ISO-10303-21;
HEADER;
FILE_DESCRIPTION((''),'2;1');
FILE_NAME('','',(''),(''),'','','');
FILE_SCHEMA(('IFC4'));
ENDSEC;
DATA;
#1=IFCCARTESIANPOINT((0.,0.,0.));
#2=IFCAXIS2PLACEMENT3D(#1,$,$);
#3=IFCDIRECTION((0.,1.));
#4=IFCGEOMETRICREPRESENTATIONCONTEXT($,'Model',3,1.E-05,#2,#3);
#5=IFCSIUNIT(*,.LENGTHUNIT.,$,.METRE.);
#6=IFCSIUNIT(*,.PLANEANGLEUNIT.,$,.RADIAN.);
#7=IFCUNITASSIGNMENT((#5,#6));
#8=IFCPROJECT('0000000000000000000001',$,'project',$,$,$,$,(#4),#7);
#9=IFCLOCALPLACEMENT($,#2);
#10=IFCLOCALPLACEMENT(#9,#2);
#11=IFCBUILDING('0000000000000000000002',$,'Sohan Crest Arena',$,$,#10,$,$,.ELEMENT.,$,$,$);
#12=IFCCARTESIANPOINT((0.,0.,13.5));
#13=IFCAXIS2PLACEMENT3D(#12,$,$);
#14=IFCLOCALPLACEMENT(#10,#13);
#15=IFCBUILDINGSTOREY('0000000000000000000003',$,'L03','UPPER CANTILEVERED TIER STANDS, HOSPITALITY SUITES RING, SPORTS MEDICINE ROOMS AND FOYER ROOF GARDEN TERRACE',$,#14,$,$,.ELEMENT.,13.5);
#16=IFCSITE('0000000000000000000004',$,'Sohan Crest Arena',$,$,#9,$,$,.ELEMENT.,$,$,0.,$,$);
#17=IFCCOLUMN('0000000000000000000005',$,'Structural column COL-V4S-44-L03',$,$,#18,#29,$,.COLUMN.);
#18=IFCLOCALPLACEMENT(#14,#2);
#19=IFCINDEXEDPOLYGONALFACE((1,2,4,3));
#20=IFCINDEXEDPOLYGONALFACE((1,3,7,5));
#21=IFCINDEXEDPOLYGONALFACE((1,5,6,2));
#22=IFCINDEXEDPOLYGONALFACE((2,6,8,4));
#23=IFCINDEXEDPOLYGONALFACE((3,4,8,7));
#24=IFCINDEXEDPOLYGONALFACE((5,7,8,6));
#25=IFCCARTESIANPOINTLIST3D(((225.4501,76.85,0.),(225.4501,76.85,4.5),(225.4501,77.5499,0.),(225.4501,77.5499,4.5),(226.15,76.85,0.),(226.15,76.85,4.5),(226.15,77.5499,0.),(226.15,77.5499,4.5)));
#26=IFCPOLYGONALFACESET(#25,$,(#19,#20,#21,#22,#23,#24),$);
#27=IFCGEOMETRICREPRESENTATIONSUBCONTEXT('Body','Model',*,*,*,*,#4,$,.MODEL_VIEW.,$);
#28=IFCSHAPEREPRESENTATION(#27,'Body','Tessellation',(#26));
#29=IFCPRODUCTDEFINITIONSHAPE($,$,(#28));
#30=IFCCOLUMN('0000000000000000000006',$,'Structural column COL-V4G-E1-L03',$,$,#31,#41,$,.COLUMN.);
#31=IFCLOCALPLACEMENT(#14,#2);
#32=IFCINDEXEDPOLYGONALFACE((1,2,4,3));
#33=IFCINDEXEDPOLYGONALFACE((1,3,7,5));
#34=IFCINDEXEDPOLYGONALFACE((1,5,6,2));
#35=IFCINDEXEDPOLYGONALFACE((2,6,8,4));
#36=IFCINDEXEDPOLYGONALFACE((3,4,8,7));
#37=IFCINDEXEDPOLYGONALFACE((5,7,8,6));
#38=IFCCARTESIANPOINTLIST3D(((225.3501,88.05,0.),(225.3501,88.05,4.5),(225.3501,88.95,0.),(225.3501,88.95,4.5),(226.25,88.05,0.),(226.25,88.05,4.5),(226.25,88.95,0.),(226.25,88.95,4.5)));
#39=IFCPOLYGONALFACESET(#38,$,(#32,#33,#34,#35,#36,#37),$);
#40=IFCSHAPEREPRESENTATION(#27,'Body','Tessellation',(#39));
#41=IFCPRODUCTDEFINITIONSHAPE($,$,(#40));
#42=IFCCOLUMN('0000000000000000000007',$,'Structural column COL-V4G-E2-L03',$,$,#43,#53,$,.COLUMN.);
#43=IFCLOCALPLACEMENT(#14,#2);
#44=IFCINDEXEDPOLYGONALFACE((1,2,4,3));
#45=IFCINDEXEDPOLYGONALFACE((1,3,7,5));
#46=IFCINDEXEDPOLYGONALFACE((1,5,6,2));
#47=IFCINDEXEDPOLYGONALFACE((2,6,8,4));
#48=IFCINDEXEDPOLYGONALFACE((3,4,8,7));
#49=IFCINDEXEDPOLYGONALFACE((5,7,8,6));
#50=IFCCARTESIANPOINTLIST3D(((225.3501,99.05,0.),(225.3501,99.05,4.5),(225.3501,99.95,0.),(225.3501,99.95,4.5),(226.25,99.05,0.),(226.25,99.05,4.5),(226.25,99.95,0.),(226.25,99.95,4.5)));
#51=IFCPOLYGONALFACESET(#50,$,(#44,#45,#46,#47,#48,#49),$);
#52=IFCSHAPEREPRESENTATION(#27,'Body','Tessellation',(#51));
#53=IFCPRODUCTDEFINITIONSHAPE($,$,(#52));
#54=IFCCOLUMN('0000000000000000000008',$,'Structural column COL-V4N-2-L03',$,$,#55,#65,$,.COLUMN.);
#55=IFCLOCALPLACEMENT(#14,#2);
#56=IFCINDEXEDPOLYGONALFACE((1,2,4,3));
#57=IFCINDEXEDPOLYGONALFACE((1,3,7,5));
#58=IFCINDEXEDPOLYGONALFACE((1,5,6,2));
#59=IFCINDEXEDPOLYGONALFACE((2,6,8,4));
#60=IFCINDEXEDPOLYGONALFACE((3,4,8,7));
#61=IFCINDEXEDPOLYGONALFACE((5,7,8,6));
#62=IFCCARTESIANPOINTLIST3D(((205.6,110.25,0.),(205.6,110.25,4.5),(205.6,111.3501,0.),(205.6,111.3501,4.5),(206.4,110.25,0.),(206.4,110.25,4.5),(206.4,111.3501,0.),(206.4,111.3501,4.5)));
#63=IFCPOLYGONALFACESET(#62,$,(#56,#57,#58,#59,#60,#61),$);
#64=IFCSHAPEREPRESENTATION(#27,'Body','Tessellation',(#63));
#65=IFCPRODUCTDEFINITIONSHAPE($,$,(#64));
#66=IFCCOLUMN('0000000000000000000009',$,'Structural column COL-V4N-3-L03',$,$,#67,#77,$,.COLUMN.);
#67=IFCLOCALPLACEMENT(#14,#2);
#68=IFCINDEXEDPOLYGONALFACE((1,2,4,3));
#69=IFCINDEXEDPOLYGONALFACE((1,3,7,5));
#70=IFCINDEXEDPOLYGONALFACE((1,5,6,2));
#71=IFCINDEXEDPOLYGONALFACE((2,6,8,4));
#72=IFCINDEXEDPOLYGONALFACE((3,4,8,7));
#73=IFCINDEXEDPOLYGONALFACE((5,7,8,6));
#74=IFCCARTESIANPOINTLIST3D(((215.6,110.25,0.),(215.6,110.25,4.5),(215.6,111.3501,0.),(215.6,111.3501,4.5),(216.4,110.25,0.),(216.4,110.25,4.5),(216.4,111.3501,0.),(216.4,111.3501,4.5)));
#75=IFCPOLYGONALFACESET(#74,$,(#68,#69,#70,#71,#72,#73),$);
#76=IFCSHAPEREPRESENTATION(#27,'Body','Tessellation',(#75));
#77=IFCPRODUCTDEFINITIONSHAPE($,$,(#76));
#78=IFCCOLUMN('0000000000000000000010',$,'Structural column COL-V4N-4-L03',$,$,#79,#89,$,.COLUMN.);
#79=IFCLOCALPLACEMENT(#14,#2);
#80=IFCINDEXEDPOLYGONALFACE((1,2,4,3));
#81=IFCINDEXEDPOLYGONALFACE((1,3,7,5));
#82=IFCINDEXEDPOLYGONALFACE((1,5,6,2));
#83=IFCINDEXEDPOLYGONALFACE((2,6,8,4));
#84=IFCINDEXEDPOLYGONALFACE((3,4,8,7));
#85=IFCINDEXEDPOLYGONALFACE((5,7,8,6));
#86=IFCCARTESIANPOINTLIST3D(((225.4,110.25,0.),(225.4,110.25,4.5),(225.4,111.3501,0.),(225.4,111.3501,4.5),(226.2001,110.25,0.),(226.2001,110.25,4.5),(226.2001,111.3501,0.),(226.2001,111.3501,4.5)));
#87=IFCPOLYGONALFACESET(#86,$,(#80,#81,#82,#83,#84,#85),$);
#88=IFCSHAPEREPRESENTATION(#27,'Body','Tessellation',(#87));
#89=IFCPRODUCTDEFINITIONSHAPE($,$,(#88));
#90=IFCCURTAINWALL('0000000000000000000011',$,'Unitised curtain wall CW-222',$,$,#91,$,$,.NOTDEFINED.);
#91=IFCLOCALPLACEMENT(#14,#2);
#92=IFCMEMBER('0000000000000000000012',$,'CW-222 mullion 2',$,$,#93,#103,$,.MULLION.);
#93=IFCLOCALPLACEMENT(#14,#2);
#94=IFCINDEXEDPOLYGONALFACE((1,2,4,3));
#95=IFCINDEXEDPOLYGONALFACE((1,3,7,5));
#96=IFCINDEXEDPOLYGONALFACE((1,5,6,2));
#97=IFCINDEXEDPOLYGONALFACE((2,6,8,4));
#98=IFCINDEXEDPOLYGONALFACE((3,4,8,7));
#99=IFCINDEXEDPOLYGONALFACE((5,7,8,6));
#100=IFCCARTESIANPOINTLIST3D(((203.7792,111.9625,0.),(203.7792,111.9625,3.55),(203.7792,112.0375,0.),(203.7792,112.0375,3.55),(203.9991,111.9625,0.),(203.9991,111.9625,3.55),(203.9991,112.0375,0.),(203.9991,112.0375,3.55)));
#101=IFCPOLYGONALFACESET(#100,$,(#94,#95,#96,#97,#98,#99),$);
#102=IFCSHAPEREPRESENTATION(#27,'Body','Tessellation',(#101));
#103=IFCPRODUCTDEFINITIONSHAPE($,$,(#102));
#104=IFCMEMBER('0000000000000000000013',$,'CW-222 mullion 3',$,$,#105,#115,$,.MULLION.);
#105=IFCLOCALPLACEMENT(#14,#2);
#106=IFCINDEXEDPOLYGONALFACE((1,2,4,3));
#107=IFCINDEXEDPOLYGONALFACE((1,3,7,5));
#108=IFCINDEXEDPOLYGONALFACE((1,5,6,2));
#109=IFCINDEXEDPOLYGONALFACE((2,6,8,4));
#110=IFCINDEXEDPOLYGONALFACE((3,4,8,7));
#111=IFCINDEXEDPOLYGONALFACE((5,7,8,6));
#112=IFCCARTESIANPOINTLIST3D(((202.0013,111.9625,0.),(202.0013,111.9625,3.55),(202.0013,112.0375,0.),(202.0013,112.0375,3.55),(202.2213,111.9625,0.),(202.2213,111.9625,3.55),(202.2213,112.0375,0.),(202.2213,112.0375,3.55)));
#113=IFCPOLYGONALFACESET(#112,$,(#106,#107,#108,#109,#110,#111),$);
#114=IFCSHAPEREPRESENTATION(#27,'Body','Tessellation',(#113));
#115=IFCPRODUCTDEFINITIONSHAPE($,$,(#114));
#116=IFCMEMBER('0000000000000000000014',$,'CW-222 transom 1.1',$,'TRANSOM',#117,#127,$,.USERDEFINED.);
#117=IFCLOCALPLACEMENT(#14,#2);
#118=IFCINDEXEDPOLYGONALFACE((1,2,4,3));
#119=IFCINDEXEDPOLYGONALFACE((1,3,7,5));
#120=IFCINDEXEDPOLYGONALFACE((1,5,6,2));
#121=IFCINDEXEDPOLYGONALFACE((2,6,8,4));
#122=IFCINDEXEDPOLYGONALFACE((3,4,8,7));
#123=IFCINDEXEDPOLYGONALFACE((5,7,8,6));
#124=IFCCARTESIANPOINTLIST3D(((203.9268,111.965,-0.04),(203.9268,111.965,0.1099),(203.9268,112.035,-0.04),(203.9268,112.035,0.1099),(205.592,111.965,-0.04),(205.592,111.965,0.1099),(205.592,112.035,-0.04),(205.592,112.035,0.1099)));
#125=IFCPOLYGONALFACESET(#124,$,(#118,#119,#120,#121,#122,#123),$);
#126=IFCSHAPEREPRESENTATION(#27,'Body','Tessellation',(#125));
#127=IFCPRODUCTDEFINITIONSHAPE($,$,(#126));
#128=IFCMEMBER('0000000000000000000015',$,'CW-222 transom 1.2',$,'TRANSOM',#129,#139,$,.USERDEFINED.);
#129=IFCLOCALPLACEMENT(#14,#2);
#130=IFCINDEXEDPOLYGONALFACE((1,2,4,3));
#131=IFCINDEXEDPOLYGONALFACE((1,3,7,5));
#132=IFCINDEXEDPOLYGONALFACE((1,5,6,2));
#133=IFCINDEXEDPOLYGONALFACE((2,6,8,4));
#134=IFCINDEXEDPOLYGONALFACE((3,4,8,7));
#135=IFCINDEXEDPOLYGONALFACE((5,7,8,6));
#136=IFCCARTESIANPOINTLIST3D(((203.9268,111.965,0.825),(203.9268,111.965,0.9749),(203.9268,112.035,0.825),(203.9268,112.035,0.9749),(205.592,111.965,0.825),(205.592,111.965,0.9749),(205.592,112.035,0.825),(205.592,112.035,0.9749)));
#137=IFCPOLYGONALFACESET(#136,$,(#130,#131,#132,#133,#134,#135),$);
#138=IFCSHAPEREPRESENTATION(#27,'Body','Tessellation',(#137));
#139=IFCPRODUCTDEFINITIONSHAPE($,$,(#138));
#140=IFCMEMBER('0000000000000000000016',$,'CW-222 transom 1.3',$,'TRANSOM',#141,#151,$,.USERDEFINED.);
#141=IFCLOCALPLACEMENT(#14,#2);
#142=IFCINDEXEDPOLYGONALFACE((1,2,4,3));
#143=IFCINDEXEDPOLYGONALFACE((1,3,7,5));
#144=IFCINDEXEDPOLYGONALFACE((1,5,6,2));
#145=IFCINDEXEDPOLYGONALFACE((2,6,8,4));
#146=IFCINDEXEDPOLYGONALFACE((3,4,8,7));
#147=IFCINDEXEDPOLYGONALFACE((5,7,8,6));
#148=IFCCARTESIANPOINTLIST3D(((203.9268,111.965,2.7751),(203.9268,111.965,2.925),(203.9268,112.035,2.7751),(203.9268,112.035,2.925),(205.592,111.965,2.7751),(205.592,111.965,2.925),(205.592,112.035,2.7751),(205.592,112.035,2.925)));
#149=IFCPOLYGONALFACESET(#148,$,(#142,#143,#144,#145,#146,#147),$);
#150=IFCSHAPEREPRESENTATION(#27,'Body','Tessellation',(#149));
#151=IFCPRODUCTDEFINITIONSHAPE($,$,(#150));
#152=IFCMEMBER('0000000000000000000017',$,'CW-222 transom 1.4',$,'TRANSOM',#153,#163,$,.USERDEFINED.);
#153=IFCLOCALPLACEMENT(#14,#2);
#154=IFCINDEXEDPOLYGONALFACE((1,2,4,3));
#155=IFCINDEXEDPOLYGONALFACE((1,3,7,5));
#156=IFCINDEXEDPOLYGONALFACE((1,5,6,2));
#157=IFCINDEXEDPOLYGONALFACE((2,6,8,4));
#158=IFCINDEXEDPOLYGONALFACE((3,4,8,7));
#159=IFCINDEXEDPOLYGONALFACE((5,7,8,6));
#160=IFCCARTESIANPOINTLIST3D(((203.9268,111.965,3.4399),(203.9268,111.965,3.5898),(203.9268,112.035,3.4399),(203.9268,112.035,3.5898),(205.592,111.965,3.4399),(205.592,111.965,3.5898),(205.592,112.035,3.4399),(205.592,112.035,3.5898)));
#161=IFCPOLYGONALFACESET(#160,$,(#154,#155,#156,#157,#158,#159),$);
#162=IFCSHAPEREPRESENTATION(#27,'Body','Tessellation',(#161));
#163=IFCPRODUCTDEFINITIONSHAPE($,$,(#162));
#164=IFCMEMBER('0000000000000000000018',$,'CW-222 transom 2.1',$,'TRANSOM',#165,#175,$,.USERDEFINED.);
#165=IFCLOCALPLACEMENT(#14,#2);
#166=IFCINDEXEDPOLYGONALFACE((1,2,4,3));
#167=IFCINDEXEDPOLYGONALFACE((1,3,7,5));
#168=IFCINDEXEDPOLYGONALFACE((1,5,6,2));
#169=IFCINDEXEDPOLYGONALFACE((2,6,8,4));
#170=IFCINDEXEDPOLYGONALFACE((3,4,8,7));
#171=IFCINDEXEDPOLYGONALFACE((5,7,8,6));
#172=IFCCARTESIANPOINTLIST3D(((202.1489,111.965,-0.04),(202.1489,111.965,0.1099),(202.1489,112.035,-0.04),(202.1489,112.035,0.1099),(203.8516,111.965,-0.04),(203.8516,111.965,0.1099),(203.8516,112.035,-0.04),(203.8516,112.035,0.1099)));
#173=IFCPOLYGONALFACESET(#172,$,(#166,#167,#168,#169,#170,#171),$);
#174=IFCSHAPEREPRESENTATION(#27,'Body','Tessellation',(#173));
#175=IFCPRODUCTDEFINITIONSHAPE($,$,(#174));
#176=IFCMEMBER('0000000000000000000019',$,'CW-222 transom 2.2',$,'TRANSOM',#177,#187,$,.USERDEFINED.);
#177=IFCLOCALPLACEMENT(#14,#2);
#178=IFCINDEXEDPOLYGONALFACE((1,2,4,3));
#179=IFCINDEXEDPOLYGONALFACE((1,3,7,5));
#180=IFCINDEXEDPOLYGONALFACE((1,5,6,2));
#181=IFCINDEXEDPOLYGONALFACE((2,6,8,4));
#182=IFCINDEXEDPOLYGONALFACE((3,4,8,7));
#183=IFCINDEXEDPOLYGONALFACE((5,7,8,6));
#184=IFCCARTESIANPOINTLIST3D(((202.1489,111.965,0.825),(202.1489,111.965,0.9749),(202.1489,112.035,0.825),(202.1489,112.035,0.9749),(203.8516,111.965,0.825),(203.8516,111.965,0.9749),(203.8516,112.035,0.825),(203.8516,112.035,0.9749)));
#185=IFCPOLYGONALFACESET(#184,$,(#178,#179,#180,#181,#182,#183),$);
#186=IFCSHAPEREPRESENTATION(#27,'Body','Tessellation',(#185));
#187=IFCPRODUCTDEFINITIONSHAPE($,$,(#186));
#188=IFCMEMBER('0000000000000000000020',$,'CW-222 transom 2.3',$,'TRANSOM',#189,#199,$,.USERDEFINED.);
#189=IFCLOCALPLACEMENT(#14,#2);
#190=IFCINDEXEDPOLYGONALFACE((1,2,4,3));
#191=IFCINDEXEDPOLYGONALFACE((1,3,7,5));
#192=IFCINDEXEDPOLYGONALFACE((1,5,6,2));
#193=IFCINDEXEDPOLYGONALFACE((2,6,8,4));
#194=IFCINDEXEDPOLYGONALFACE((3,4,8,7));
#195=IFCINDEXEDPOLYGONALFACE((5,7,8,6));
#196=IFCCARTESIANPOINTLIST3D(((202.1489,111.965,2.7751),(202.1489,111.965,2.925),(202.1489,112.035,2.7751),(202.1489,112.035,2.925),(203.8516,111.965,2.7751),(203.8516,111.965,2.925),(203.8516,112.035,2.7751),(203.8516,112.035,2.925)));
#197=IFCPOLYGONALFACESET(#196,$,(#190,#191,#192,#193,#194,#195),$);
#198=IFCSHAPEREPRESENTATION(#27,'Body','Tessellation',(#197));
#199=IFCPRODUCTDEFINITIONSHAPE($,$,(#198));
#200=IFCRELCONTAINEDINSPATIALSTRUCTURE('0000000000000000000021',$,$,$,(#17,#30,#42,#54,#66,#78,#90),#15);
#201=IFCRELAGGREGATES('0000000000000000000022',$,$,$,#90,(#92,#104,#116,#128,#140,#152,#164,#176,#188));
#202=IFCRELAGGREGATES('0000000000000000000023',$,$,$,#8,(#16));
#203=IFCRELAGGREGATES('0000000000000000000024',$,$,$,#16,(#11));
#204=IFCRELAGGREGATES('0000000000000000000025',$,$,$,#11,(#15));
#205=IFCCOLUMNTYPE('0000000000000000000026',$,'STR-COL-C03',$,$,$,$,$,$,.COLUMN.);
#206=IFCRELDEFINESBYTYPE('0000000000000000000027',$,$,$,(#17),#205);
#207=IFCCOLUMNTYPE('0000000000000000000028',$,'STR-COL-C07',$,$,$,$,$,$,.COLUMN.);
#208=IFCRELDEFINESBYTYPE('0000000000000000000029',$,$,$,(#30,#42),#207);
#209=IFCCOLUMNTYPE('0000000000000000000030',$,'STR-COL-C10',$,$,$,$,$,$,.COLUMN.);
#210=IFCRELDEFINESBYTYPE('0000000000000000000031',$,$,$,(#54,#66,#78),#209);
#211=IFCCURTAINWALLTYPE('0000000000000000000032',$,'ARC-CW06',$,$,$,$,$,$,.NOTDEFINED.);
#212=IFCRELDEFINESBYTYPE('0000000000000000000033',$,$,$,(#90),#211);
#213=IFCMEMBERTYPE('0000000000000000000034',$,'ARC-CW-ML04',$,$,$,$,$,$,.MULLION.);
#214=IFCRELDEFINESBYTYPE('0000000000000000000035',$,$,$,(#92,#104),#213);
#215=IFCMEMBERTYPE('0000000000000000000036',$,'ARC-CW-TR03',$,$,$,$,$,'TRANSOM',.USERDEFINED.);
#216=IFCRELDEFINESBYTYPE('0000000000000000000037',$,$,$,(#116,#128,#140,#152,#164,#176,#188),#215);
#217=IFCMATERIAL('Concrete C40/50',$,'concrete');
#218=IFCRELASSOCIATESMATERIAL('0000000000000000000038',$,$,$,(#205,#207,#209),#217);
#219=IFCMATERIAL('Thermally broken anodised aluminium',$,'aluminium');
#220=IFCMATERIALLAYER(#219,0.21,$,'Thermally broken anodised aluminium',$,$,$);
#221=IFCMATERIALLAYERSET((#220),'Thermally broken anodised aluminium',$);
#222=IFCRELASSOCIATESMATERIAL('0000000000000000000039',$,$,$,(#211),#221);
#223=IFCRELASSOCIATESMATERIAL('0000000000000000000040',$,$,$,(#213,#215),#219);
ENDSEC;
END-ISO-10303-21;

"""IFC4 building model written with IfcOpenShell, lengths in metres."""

from ifc_helpers import new_model, si_unit, direction, frame, origin, origin_2d, place, context, subcontext, project, spatial, rectangle, extrude, material, layer, layer_set, material_profile, profile_set, type_object, element, aggregate, save


model = new_model("IFC4")

# Units and contexts
model_context = context("Model", 3, precision=1e-05, world=origin(), true_north=direction((0.0, 1.0)))
body_context = subcontext(model_context, "Body", "Model", "MODEL_VIEW")
ifc_project = project(units=[si_unit("LENGTHUNIT", "METRE"), si_unit("PLANEANGLEUNIT", "RADIAN")], contexts=[model_context])

# Site, building, storey
site_placement = place(None, origin())
site = spatial("IfcSite", under=ifc_project, at=site_placement, Name="Sohan Crest Arena", CompositionType="ELEMENT", RefElevation=0.0)
building_placement = place(site_placement, origin())
building = spatial("IfcBuilding", under=site, at=building_placement, Name="Sohan Crest Arena", CompositionType="ELEMENT")
storey_placement = place(building_placement, frame((0.0, 0.0, 13.5)))
storey = spatial("IfcBuildingStorey", under=building, at=storey_placement, Name="L03", Description="UPPER CANTILEVERED TIER STANDS, HOSPITALITY SUITES RING, SPORTS MEDICINE ROOMS AND FOYER ROOF GARDEN TERRACE", CompositionType="ELEMENT", Elevation=13.5)

# Columns
ifc_material_1 = material(Name="Concrete C40/50", Category="concrete")
ifc_material_profile_1 = material_profile(ifc_material_1, rectangle(XDim=0.7, YDim=0.7, at=origin_2d()), Name="RC 700x700")
ifc_profile_set_1 = profile_set([ifc_material_profile_1], Name="Concrete C40/50")
column_type_1 = type_object("IfcColumnType", Name="STR-COL-C03", PredefinedType="COLUMN", material=ifc_profile_set_1)
column_placement = place(storey_placement, frame((225.8, 77.2, 0.0), z_axis=(0.0, 0.0, 1.0), x_axis=(1.0, 0.0, 0.0)))
element("IfcColumn", 1, at=column_placement, inside=storey, type_object=column_type_1, Name="Structural column COL-V4S-44-L03", PredefinedType="COLUMN", context=body_context, shape_type="SweptSolid", body=[
    extrude(rectangle(XDim=0.7, YDim=0.7, at=origin_2d()), origin(), (0.0, 0.0, 1.0), 4.5),
])
ifc_material_profile_2 = material_profile(ifc_material_1, rectangle(XDim=0.8999, YDim=0.8999, at=origin_2d()), Name="RC 900x900")
ifc_profile_set_2 = profile_set([ifc_material_profile_2], Name="Concrete C40/50")
column_type_2 = type_object("IfcColumnType", Name="STR-COL-C07", PredefinedType="COLUMN", material=ifc_profile_set_2)
for number, where, z_axis, x_axis, name in (
    (2, (225.8, 88.5, 0.0), (0.0, 0.0, 1.0), (1.0, 0.0, 0.0), "Structural column COL-V4G-E1-L03"),
    (3, (225.8, 99.5, 0.0), (0.0, 0.0, 1.0), (1.0, 0.0, 0.0), "Structural column COL-V4G-E2-L03"),
):
    element("IfcColumn", number, at=place(storey_placement, frame(where, z_axis=z_axis, x_axis=x_axis)), inside=storey, type_object=column_type_2, Name=name, PredefinedType="COLUMN", context=body_context, shape_type="SweptSolid", body=[
        extrude(rectangle(XDim=0.8999, YDim=0.8999, at=origin_2d()), origin(), (0.0, 0.0, 1.0), 4.5),
    ])
ifc_material_profile_3 = material_profile(ifc_material_1, rectangle(XDim=1.1001, YDim=0.8, at=origin_2d()), Name="RC 1100x800")
ifc_profile_set_3 = profile_set([ifc_material_profile_3], Name="Concrete C40/50")
column_type_3 = type_object("IfcColumnType", Name="STR-COL-C10", PredefinedType="COLUMN", material=ifc_profile_set_3)
for number, where, z_axis, x_axis, name in (
    (4, (206.0, 110.8, 0.0), (0.0, 0.0, 1.0), (0.0, 1.0, 0.0), "Structural column COL-V4N-2-L03"),
    (5, (216.0, 110.8, 0.0), (0.0, 0.0, 1.0), (0.0, 1.0, 0.0), "Structural column COL-V4N-3-L03"),
    (6, (225.8, 110.8, 0.0), (0.0, 0.0, 1.0), (0.0, 1.0, 0.0), "Structural column COL-V4N-4-L03"),
):
    element("IfcColumn", number, at=place(storey_placement, frame(where, z_axis=z_axis, x_axis=x_axis)), inside=storey, type_object=column_type_3, Name=name, PredefinedType="COLUMN", context=body_context, shape_type="SweptSolid", body=[
        extrude(rectangle(XDim=1.1001, YDim=0.8, at=origin_2d()), origin(), (0.0, 0.0, 1.0), 4.5),
    ])

# Curtain wall, members
ifc_material_2 = material(Name="Thermally broken anodised aluminium", Category="aluminium")
ifc_layer_1 = layer(ifc_material_2, 0.21, Name="Thermally broken anodised aluminium")
ifc_layer_set_1 = layer_set([ifc_layer_1], Name="Thermally broken anodised aluminium")
curtain_wall_type = type_object("IfcCurtainWallType", Name="ARC-CW06", PredefinedType="NOTDEFINED", material=ifc_layer_set_1)
curtain_wall_placement = place(storey_placement, origin())
curtain_wall = element("IfcCurtainWall", 7, at=curtain_wall_placement, inside=storey, type_object=curtain_wall_type, Name="Unitised curtain wall CW-222", PredefinedType="NOTDEFINED")
ifc_material_profile_4 = material_profile(ifc_material_2, rectangle(XDim=0.075, YDim=0.22, at=origin_2d()), Name="ALU-MULL 75x220")
ifc_profile_set_4 = profile_set([ifc_material_profile_4], Name="Thermally broken anodised aluminium")
member_type_1 = type_object("IfcMemberType", Name="ARC-CW-ML04", PredefinedType="MULLION", material=ifc_profile_set_4)
member_1_placement = place(storey_placement, frame((203.8892, 112.0, 0.0), z_axis=(0.0, 0.0, 1.0), x_axis=(0.0, -1.0, 0.0)))
member_1 = element("IfcMember", 8, at=member_1_placement, type_object=member_type_1, Name="CW-222 mullion 2", PredefinedType="MULLION", context=body_context, shape_type="SweptSolid", body=[
    extrude(rectangle(XDim=0.075, YDim=0.22, at=origin_2d()), origin(), (0.0, 0.0, 1.0), 3.55),
])
member_2_placement = place(storey_placement, frame((202.1113, 112.0, 0.0), z_axis=(0.0, 0.0, 1.0), x_axis=(0.0, -1.0, 0.0)))
member_2 = element("IfcMember", 9, at=member_2_placement, type_object=member_type_1, Name="CW-222 mullion 3", PredefinedType="MULLION", context=body_context, shape_type="SweptSolid", body=[
    extrude(rectangle(XDim=0.075, YDim=0.22, at=origin_2d()), origin(), (0.0, 0.0, 1.0), 3.55),
])
ifc_material_profile_5 = material_profile(ifc_material_2, rectangle(XDim=0.0701, YDim=0.1499, at=origin_2d()), Name="ALU-TRAN 70x150")
ifc_profile_set_5 = profile_set([ifc_material_profile_5], Name="Thermally broken anodised aluminium")
member_type_2 = type_object("IfcMemberType", Name="ARC-CW-TR03", ElementType="TRANSOM", PredefinedType="USERDEFINED", material=ifc_profile_set_5)
member_3_placement = place(storey_placement, frame((205.592, 112.0, 0.0349), z_axis=(-1.0, 0.0, 0.0), x_axis=(0.0, -1.0, 0.0)))
member_3 = element("IfcMember", 10, at=member_3_placement, type_object=member_type_2, Name="CW-222 transom 1.1", ObjectType="TRANSOM", PredefinedType="USERDEFINED", context=body_context, shape_type="SweptSolid", body=[
    extrude(rectangle(XDim=0.0701, YDim=0.1499, at=origin_2d()), origin(), (0.0, 0.0, 1.0), 1.6653),
])
member_4_placement = place(storey_placement, frame((205.592, 112.0, 0.8999), z_axis=(-1.0, 0.0, 0.0), x_axis=(0.0, -1.0, 0.0)))
member_4 = element("IfcMember", 11, at=member_4_placement, type_object=member_type_2, Name="CW-222 transom 1.2", ObjectType="TRANSOM", PredefinedType="USERDEFINED", context=body_context, shape_type="SweptSolid", body=[
    extrude(rectangle(XDim=0.0701, YDim=0.1499, at=origin_2d()), origin(), (0.0, 0.0, 1.0), 1.6653),
])
member_5_placement = place(storey_placement, frame((205.592, 112.0, 2.8501), z_axis=(-1.0, 0.0, 0.0), x_axis=(0.0, -1.0, 0.0)))
member_5 = element("IfcMember", 12, at=member_5_placement, type_object=member_type_2, Name="CW-222 transom 1.3", ObjectType="TRANSOM", PredefinedType="USERDEFINED", context=body_context, shape_type="SweptSolid", body=[
    extrude(rectangle(XDim=0.0701, YDim=0.1499, at=origin_2d()), origin(), (0.0, 0.0, 1.0), 1.6653),
])
member_6_placement = place(storey_placement, frame((205.592, 112.0, 3.5149), z_axis=(-1.0, 0.0, 0.0), x_axis=(0.0, -1.0, 0.0)))
member_6 = element("IfcMember", 13, at=member_6_placement, type_object=member_type_2, Name="CW-222 transom 1.4", ObjectType="TRANSOM", PredefinedType="USERDEFINED", context=body_context, shape_type="SweptSolid", body=[
    extrude(rectangle(XDim=0.0701, YDim=0.1499, at=origin_2d()), origin(), (0.0, 0.0, 1.0), 1.6653),
])
member_7_placement = place(storey_placement, frame((203.8516, 112.0, 0.0349), z_axis=(-1.0, 0.0, 0.0), x_axis=(0.0, -1.0, 0.0)))
member_7 = element("IfcMember", 14, at=member_7_placement, type_object=member_type_2, Name="CW-222 transom 2.1", ObjectType="TRANSOM", PredefinedType="USERDEFINED", context=body_context, shape_type="SweptSolid", body=[
    extrude(rectangle(XDim=0.0701, YDim=0.1499, at=origin_2d()), origin(), (0.0, 0.0, 1.0), 1.7026),
])
member_8_placement = place(storey_placement, frame((203.8516, 112.0, 0.8999), z_axis=(-1.0, 0.0, 0.0), x_axis=(0.0, -1.0, 0.0)))
member_8 = element("IfcMember", 15, at=member_8_placement, type_object=member_type_2, Name="CW-222 transom 2.2", ObjectType="TRANSOM", PredefinedType="USERDEFINED", context=body_context, shape_type="SweptSolid", body=[
    extrude(rectangle(XDim=0.0701, YDim=0.1499, at=origin_2d()), origin(), (0.0, 0.0, 1.0), 1.7026),
])
member_9_placement = place(storey_placement, frame((203.8516, 112.0, 2.8501), z_axis=(-1.0, 0.0, 0.0), x_axis=(0.0, -1.0, 0.0)))
member_9 = element("IfcMember", 16, at=member_9_placement, type_object=member_type_2, Name="CW-222 transom 2.3", ObjectType="TRANSOM", PredefinedType="USERDEFINED", context=body_context, shape_type="SweptSolid", body=[
    extrude(rectangle(XDim=0.0701, YDim=0.1499, at=origin_2d()), origin(), (0.0, 0.0, 1.0), 1.7026),
])
aggregate(curtain_wall, [member_1, member_2, member_3, member_4, member_5, member_6, member_7, member_8, member_9])

save(model, "model.ifc")
